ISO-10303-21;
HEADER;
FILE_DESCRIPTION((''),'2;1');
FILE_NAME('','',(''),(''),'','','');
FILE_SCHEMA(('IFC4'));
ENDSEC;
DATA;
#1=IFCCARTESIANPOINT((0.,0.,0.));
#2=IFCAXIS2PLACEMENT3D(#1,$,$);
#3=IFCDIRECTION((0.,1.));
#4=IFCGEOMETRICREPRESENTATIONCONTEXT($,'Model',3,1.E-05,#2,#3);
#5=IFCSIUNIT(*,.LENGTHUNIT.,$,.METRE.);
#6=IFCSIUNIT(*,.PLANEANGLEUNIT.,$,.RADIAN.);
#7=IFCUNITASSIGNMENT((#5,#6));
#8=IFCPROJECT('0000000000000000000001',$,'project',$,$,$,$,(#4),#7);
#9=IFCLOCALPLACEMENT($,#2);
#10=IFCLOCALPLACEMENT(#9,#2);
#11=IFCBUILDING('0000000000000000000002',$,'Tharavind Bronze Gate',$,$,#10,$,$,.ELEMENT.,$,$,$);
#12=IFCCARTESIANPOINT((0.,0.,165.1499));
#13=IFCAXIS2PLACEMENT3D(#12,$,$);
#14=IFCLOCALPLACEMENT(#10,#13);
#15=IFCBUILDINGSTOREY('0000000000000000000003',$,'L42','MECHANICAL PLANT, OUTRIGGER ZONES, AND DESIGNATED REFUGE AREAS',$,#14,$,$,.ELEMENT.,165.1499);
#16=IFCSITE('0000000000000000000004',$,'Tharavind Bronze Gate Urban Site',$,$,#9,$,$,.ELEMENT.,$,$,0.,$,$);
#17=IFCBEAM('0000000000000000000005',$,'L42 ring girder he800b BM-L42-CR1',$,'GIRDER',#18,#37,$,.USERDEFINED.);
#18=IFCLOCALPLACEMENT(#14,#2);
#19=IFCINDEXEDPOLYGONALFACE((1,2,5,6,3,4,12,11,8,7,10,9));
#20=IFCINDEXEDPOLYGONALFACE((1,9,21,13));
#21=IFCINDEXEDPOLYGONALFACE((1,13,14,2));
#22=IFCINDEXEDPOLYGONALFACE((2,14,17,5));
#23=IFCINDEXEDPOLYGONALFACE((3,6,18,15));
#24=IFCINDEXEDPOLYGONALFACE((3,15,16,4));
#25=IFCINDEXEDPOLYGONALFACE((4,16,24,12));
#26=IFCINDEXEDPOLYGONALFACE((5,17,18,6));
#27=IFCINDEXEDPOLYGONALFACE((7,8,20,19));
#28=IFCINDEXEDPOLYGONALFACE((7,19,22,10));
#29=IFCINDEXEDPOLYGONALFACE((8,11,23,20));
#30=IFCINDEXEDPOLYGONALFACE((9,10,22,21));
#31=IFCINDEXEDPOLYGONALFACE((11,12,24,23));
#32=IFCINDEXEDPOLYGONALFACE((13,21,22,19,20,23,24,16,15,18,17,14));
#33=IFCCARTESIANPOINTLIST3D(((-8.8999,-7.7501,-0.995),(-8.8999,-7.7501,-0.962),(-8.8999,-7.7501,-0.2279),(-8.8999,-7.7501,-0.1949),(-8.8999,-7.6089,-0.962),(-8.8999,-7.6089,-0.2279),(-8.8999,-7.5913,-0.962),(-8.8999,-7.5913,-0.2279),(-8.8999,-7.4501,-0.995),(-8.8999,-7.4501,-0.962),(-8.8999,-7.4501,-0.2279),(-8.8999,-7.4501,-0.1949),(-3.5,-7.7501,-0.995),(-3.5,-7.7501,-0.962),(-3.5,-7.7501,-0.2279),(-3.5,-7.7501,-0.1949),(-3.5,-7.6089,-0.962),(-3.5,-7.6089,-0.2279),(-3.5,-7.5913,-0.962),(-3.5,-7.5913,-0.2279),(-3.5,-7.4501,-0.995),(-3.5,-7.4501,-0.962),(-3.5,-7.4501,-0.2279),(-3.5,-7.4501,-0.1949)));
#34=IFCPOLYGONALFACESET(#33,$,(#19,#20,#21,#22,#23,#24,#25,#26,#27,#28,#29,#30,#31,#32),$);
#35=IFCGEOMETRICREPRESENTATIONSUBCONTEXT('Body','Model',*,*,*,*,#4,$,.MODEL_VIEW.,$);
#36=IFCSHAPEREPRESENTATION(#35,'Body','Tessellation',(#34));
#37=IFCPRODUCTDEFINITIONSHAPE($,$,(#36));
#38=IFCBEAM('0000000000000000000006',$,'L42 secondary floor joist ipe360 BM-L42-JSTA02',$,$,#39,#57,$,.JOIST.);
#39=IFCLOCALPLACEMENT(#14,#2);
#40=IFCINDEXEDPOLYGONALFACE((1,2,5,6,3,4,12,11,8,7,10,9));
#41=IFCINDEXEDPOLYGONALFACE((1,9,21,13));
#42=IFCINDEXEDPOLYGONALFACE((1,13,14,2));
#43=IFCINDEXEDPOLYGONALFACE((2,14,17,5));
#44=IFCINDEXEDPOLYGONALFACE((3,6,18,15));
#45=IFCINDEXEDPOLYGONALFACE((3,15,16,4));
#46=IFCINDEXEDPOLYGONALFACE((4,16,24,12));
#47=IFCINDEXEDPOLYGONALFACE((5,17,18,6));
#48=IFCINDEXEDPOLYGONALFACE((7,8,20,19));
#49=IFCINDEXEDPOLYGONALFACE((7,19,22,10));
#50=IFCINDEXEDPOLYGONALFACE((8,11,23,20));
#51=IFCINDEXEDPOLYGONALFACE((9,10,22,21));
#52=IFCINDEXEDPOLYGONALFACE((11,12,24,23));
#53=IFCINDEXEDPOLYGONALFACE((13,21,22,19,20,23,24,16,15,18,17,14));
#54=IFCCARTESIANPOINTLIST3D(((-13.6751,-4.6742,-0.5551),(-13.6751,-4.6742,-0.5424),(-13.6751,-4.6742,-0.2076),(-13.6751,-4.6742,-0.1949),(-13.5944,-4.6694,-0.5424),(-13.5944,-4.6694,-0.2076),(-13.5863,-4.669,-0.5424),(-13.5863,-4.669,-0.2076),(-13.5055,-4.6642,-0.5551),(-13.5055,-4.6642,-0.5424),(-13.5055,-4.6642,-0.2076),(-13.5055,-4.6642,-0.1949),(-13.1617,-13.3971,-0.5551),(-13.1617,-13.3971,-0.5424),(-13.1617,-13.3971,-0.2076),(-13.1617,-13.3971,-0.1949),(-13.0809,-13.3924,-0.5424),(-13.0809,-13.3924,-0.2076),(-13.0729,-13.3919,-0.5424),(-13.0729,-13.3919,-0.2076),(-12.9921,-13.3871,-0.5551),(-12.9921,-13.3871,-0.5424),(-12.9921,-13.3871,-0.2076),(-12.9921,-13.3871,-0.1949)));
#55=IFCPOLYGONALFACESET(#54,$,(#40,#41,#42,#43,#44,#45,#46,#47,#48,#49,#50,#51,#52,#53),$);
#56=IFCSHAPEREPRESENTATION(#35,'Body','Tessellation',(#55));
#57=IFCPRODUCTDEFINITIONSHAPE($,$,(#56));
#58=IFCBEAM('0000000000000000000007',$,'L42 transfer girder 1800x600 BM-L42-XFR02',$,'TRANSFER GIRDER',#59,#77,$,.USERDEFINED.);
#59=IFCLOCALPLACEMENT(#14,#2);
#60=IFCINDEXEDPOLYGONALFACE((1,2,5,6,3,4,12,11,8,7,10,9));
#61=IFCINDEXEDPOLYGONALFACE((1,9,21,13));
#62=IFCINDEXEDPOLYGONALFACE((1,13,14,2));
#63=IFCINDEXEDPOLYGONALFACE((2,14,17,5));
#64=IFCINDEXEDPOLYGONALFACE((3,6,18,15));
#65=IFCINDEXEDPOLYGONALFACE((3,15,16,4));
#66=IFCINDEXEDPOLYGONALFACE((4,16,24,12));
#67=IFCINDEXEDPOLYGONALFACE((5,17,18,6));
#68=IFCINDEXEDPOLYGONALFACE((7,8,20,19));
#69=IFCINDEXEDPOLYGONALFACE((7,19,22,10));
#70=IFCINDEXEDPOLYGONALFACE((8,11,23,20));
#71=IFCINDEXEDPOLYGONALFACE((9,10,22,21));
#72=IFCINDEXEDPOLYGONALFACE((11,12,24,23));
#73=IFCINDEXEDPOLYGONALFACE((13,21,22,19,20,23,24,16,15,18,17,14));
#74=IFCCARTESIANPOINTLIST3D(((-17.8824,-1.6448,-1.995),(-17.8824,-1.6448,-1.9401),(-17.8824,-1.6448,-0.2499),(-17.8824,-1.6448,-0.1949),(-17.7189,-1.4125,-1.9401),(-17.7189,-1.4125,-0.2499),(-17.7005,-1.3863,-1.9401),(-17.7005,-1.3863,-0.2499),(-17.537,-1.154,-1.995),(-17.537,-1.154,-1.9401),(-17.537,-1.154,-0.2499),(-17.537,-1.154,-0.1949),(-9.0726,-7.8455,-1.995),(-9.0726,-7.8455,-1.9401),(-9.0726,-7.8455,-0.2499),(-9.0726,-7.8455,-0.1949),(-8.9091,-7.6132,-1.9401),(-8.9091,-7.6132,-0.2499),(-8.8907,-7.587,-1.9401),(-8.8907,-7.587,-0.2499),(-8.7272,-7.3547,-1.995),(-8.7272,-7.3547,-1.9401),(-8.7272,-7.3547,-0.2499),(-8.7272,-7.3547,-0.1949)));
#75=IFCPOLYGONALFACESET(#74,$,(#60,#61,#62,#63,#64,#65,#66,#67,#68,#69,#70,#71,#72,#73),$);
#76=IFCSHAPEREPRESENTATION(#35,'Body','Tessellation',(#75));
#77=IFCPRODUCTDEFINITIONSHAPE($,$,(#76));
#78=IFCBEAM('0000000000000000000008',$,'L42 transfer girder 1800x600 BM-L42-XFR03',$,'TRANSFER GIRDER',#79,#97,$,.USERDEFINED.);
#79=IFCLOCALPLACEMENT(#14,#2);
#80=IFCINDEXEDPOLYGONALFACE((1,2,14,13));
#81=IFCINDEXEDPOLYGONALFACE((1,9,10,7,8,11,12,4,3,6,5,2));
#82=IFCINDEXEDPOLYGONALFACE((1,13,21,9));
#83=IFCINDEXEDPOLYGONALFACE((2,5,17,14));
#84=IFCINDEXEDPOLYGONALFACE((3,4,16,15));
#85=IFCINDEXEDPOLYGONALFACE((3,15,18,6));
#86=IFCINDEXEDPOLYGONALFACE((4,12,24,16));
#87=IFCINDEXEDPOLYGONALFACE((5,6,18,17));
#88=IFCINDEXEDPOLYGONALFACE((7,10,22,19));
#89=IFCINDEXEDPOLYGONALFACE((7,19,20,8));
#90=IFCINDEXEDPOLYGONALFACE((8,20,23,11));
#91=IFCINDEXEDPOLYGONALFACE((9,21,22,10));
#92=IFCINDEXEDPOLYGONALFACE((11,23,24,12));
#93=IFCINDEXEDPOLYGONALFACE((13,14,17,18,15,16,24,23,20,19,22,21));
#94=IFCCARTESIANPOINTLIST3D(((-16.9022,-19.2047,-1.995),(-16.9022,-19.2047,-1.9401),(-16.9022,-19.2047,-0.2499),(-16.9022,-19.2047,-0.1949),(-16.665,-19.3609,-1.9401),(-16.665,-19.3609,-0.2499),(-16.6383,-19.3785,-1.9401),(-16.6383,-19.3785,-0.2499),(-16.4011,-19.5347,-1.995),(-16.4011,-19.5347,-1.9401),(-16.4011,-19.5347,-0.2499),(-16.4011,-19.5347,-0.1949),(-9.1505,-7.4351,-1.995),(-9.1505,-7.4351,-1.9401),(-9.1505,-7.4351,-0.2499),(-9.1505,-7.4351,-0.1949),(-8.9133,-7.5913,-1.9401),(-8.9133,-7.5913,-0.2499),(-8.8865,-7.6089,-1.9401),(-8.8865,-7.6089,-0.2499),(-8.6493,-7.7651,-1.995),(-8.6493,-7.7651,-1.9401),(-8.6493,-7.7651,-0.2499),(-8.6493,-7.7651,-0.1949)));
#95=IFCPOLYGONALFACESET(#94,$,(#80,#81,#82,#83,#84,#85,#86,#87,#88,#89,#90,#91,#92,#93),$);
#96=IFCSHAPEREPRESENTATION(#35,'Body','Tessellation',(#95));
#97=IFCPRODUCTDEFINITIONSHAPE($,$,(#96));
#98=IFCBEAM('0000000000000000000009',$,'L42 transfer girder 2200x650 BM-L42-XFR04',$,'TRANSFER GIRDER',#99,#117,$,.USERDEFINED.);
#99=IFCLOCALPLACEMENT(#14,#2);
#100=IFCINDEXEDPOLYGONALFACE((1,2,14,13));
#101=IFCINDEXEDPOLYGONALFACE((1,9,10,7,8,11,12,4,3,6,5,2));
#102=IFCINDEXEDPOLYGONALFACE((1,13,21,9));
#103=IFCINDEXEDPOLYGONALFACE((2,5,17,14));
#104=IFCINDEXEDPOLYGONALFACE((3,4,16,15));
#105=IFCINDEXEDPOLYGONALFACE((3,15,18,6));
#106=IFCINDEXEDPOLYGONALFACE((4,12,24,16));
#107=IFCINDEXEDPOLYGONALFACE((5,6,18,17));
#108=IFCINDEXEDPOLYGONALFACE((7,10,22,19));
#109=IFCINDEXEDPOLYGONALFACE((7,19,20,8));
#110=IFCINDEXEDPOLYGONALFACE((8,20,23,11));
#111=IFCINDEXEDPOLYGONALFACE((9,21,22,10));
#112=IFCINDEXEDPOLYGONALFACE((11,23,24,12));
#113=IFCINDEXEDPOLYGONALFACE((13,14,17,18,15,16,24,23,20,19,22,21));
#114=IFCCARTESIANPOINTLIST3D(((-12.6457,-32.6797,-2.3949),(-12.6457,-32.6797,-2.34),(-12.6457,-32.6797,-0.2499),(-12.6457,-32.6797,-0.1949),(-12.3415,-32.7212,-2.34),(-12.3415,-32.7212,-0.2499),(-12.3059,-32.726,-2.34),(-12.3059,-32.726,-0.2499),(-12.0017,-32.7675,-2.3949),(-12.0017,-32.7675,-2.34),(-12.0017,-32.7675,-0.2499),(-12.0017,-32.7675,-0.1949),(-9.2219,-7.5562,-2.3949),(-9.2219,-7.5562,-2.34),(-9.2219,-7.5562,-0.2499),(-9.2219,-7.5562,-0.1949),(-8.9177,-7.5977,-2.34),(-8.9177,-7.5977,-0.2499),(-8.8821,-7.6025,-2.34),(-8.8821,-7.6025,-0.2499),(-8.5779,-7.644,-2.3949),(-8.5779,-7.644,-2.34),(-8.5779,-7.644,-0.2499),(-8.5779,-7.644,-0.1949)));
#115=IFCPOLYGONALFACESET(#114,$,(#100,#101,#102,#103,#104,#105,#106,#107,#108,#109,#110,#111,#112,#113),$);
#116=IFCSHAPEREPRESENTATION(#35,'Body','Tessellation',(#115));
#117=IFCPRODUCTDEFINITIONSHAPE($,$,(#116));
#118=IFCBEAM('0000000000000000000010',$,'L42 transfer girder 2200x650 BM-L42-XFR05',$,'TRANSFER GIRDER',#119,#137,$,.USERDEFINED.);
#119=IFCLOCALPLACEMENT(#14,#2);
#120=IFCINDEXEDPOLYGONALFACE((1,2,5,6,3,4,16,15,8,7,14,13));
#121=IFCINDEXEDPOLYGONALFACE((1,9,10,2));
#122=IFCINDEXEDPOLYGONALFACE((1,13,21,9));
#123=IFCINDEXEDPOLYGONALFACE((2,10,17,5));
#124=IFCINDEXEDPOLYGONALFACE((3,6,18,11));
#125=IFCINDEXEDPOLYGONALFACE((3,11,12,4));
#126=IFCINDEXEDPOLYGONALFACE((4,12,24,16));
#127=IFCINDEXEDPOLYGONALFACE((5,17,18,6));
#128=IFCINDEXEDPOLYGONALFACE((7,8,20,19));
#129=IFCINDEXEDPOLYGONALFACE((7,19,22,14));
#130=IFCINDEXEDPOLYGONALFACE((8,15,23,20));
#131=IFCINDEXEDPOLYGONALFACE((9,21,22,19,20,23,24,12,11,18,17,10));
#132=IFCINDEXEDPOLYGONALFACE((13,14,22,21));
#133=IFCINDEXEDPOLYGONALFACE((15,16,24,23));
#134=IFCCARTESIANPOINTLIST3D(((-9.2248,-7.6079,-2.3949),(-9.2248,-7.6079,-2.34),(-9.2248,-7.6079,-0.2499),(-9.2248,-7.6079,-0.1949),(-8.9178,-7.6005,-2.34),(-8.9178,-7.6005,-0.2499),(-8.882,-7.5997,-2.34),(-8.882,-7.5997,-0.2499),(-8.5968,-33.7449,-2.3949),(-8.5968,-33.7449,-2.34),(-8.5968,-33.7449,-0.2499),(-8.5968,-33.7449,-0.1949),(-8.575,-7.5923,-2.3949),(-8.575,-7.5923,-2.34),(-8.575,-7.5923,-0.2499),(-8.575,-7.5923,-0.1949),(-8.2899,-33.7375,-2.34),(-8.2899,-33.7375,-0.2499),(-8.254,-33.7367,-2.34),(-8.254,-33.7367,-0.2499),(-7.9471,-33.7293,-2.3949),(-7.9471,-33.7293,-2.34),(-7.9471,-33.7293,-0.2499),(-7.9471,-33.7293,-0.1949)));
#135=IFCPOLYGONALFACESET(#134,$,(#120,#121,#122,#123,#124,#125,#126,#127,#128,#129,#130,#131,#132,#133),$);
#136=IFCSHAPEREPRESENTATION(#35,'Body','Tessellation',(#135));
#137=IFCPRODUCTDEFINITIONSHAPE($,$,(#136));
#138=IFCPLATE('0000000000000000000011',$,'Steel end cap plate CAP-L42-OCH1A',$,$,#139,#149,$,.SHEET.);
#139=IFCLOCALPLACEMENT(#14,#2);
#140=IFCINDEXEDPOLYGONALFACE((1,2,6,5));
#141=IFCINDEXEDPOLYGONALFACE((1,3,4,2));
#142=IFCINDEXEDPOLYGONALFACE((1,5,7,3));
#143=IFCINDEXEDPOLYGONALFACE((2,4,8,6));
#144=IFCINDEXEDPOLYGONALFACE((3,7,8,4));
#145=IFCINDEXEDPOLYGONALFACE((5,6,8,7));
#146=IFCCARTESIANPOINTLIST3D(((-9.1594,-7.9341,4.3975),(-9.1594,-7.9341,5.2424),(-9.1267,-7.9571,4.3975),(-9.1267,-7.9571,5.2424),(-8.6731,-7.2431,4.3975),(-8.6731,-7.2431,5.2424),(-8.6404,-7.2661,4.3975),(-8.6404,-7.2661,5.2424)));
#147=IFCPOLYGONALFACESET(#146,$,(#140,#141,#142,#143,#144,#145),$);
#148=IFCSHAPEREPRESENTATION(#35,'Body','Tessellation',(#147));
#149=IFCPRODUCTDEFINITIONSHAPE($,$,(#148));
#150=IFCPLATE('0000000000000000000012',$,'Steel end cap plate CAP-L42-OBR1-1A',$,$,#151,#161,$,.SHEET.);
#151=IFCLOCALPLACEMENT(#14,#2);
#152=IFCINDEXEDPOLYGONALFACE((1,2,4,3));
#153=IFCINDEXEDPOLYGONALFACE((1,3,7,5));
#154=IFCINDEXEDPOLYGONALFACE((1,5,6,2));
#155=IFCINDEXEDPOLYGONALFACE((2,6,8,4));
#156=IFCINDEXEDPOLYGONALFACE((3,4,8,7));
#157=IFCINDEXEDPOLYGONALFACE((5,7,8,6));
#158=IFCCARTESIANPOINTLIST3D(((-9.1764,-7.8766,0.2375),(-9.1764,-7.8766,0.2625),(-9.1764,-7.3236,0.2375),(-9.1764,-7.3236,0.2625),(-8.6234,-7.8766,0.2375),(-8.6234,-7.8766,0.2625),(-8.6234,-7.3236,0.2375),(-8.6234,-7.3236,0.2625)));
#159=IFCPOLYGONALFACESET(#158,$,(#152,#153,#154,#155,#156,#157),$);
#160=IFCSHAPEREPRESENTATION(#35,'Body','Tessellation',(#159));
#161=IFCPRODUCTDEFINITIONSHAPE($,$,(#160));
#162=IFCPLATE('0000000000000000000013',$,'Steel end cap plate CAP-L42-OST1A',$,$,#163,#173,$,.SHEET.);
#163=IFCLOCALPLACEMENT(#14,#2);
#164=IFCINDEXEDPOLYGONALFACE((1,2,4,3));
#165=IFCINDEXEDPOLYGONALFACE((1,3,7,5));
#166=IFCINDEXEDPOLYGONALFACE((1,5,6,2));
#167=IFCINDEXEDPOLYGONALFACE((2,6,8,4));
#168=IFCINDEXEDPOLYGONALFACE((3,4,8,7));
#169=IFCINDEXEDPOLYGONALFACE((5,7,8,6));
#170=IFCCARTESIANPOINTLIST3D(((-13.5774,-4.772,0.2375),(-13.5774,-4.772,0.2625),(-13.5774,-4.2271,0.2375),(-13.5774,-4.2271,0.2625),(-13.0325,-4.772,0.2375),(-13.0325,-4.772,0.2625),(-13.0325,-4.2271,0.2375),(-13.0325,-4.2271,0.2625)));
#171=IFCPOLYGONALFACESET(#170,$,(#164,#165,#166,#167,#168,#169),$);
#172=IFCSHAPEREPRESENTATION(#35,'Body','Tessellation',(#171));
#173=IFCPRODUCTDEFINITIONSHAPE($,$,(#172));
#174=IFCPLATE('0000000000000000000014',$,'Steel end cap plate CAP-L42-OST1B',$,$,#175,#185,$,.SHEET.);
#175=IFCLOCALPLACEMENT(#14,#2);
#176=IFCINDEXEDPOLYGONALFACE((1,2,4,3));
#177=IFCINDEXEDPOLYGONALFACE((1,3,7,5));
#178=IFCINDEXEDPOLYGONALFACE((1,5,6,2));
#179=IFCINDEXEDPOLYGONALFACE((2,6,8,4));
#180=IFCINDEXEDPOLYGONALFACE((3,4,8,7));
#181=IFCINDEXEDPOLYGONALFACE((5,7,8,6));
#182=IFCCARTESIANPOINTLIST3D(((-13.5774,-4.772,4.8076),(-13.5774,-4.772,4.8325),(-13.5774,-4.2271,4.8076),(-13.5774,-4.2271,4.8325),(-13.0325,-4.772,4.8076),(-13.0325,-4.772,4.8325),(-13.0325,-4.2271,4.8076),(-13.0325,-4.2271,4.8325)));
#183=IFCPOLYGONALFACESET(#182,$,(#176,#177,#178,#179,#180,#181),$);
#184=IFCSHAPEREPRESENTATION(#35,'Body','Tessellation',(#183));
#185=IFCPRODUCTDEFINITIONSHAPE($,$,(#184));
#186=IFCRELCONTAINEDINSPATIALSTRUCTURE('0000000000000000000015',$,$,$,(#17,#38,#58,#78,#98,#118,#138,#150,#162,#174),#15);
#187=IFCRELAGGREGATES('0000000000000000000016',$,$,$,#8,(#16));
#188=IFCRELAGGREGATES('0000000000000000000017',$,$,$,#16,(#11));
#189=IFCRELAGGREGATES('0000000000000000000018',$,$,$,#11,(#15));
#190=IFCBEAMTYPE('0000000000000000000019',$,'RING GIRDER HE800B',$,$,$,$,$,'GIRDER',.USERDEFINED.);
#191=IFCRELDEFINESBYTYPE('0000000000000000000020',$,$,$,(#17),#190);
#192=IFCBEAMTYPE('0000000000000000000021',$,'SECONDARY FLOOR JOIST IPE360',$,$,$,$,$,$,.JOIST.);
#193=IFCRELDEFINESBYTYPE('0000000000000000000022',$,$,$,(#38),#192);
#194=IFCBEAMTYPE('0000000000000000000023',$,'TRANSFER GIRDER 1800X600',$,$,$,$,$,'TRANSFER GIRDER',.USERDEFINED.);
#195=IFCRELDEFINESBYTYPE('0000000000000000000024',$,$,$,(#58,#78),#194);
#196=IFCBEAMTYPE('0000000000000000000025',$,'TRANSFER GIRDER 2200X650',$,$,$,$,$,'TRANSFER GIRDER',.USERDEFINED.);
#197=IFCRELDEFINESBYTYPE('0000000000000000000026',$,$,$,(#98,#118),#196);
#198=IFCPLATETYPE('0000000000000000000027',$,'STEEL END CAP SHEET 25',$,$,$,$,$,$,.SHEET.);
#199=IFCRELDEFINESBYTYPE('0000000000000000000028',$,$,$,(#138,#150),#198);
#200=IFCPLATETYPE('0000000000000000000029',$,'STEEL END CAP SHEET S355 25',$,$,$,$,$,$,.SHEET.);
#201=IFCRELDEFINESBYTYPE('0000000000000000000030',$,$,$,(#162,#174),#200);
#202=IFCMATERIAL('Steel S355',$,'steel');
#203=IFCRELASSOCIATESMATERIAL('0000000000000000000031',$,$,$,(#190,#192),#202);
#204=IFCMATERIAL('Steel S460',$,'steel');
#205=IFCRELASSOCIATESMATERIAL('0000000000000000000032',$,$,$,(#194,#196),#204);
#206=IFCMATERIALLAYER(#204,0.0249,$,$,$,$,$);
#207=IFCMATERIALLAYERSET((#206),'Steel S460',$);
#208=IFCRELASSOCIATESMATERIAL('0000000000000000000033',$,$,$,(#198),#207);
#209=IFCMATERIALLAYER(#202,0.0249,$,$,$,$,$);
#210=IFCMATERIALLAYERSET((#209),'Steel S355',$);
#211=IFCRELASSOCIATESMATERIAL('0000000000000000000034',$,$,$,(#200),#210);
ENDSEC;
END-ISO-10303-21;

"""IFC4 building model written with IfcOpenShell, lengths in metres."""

from ifc_helpers import new_model, si_unit, direction, frame, origin, origin_2d, place, context, subcontext, project, spatial, rectangle, i_section, extrude, material, layer, layer_set, material_profile, profile_set, type_object, element, save


model = new_model("IFC4")

# Units and contexts
model_context = context("Model", 3, precision=1e-05, world=origin(), true_north=direction((0.0, 1.0)))
body_context = subcontext(model_context, "Body", "Model", "MODEL_VIEW")
ifc_project = project(units=[si_unit("LENGTHUNIT", "METRE"), si_unit("PLANEANGLEUNIT", "RADIAN")], contexts=[model_context])

# Site, building, storey
site_placement = place(None, origin())
site = spatial("IfcSite", under=ifc_project, at=site_placement, Name="Tharavind Bronze Gate Urban Site", CompositionType="ELEMENT", RefElevation=0.0)
building_placement = place(site_placement, origin())
building = spatial("IfcBuilding", under=site, at=building_placement, Name="Tharavind Bronze Gate", CompositionType="ELEMENT")
storey_placement = place(building_placement, frame((0.0, 0.0, 165.1499)))
storey = spatial("IfcBuildingStorey", under=building, at=storey_placement, Name="L42", Description="MECHANICAL PLANT, OUTRIGGER ZONES, AND DESIGNATED REFUGE AREAS", CompositionType="ELEMENT", Elevation=165.1499)

# Shared definitions
ifc_material_1 = material(Name="Steel S460", Category="steel")

# Beams
ifc_material_2 = material(Name="Steel S355", Category="steel")
ifc_material_profile_1 = material_profile(ifc_material_2, i_section(OverallWidth=0.3, OverallDepth=0.8, WebThickness=0.0176, FlangeThickness=0.033, at=origin_2d()), Name="HE800B")
ifc_profile_set_1 = profile_set([ifc_material_profile_1], Name="Steel S355")
beam_type_1 = type_object("IfcBeamType", Name="RING GIRDER HE800B", ElementType="GIRDER", PredefinedType="USERDEFINED", material=ifc_profile_set_1)
beam_1_placement = place(storey_placement, frame((-8.8999, -7.6001, -0.595), z_axis=(1.0, 0.0, 0.0), x_axis=(0.0, 1.0, 0.0)))
element("IfcBeam", 1, at=beam_1_placement, inside=storey, type_object=beam_type_1, Name="L42 ring girder he800b BM-L42-CR1", ObjectType="GIRDER", PredefinedType="USERDEFINED", context=body_context, shape_type="SweptSolid", body=[
    extrude(i_section(OverallWidth=0.3, OverallDepth=0.8, WebThickness=0.0176, FlangeThickness=0.033, at=origin_2d()), origin(), (0.0, 0.0, 1.0), 5.3999),
])
ifc_material_profile_2 = material_profile(ifc_material_2, i_section(OverallWidth=0.1699, OverallDepth=0.3601, WebThickness=0.0081, FlangeThickness=0.0127, at=origin_2d()), Name="IPE360")
ifc_profile_set_2 = profile_set([ifc_material_profile_2], Name="Steel S355")
beam_type_2 = type_object("IfcBeamType", Name="SECONDARY FLOOR JOIST IPE360", PredefinedType="JOIST", material=ifc_profile_set_2)
beam_2_placement = place(storey_placement, frame((-13.5903, -4.6692, -0.375), z_axis=(0.058758, -0.998272, 0.0), x_axis=(0.998272, 0.058758, 0.0)))
element("IfcBeam", 2, at=beam_2_placement, inside=storey, type_object=beam_type_2, Name="L42 secondary floor joist ipe360 BM-L42-JSTA02", PredefinedType="JOIST", context=body_context, shape_type="SweptSolid", body=[
    extrude(i_section(OverallWidth=0.1699, OverallDepth=0.3601, WebThickness=0.0081, FlangeThickness=0.0127, at=origin_2d()), origin(), (0.0, 0.0, 1.0), 8.738),
])
ifc_material_profile_3 = material_profile(ifc_material_1, i_section(OverallWidth=0.6001, OverallDepth=1.8, WebThickness=0.032, FlangeThickness=0.0549, at=origin_2d()), Name="PG1800X600")
ifc_profile_set_3 = profile_set([ifc_material_profile_3], Name="Steel S460")
beam_type_3 = type_object("IfcBeamType", Name="TRANSFER GIRDER 1800X600", ElementType="TRANSFER GIRDER", PredefinedType="USERDEFINED", material=ifc_profile_set_3)
beam_3_placement = place(storey_placement, frame((-8.8999, -7.6001, -1.095), z_axis=(-0.817755, 0.575567, 0.0), x_axis=(-0.575567, -0.817755, 0.0)))
element("IfcBeam", 3, at=beam_3_placement, inside=storey, type_object=beam_type_3, Name="L42 transfer girder 1800x600 BM-L42-XFR02", ObjectType="TRANSFER GIRDER", PredefinedType="USERDEFINED", context=body_context, shape_type="SweptSolid", body=[
    extrude(i_section(OverallWidth=0.6001, OverallDepth=1.8, WebThickness=0.032, FlangeThickness=0.0549, at=origin_2d()), origin(), (0.0, 0.0, 1.0), 10.7732),
])
beam_4_placement = place(storey_placement, frame((-8.8999, -7.6001, -1.095), z_axis=(-0.550042, -0.835137, 0.0), x_axis=(0.835137, -0.550042, 0.0)))
element("IfcBeam", 4, at=beam_4_placement, inside=storey, type_object=beam_type_3, Name="L42 transfer girder 1800x600 BM-L42-XFR03", ObjectType="TRANSFER GIRDER", PredefinedType="USERDEFINED", context=body_context, shape_type="SweptSolid", body=[
    extrude(i_section(OverallWidth=0.6001, OverallDepth=1.8, WebThickness=0.032, FlangeThickness=0.0549, at=origin_2d()), origin(), (0.0, 0.0, 1.0), 14.093),
])
ifc_material_profile_4 = material_profile(ifc_material_1, i_section(OverallWidth=0.6499, OverallDepth=2.2, WebThickness=0.0359, FlangeThickness=0.0549, at=origin_2d()), Name="PG2200X650")
ifc_profile_set_4 = profile_set([ifc_material_profile_4], Name="Steel S460")
beam_type_4 = type_object("IfcBeamType", Name="TRANSFER GIRDER 2200X650", ElementType="TRANSFER GIRDER", PredefinedType="USERDEFINED", material=ifc_profile_set_4)
beam_5_placement = place(storey_placement, frame((-8.8999, -7.6001, -1.2949), z_axis=(-0.135032, -0.990841, 0.0), x_axis=(0.990841, -0.135032, 0.0)))
element("IfcBeam", 5, at=beam_5_placement, inside=storey, type_object=beam_type_4, Name="L42 transfer girder 2200x650 BM-L42-XFR04", ObjectType="TRANSFER GIRDER", PredefinedType="USERDEFINED", context=body_context, shape_type="SweptSolid", body=[
    extrude(i_section(OverallWidth=0.6499, OverallDepth=2.2, WebThickness=0.0359, FlangeThickness=0.0549, at=origin_2d()), origin(), (0.0, 0.0, 1.0), 25.3557),
])
beam_6_placement = place(storey_placement, frame((-8.8999, -7.6001, -1.2949), z_axis=(0.024018, -0.999712, 0.0), x_axis=(0.999712, 0.024018, 0.0)))
element("IfcBeam", 6, at=beam_6_placement, inside=storey, type_object=beam_type_4, Name="L42 transfer girder 2200x650 BM-L42-XFR05", ObjectType="TRANSFER GIRDER", PredefinedType="USERDEFINED", context=body_context, shape_type="SweptSolid", body=[
    extrude(i_section(OverallWidth=0.6499, OverallDepth=2.2, WebThickness=0.0359, FlangeThickness=0.0549, at=origin_2d()), origin(), (0.0, 0.0, 1.0), 26.1445),
])

# Plates
ifc_layer_1 = layer(ifc_material_1, 0.0249)
ifc_layer_set_1 = layer_set([ifc_layer_1], Name="Steel S460")
plate_type_1 = type_object("IfcPlateType", Name="STEEL END CAP SHEET 25", PredefinedType="SHEET", material=ifc_layer_set_1)
plate_1_placement = place(storey_placement, frame((-8.8999, -7.6001, 4.3975), z_axis=(0.0, 0.0, 1.0), x_axis=(-0.81775, 0.575573, 0.0)))
element("IfcPlate", 7, at=plate_1_placement, inside=storey, type_object=plate_type_1, Name="Steel end cap plate CAP-L42-OCH1A", PredefinedType="SHEET", context=body_context, shape_type="SweptSolid", body=[
    extrude(rectangle(XDim=0.04, YDim=0.845, at=origin_2d()), origin(), (0.0, 0.0, 1.0), 0.845),
])
plate_2_placement = place(storey_placement, frame((-8.8999, -7.6001, 0.2375), z_axis=(0.0, 0.0, 1.0), x_axis=(1.0, 0.0, 0.0)))
element("IfcPlate", 8, at=plate_2_placement, inside=storey, type_object=plate_type_1, Name="Steel end cap plate CAP-L42-OBR1-1A", PredefinedType="SHEET", context=body_context, shape_type="SweptSolid", body=[
    extrude(rectangle(XDim=0.553, YDim=0.553, at=origin_2d()), origin(), (0.0, 0.0, 1.0), 0.0249),
])
ifc_layer_2 = layer(ifc_material_2, 0.0249)
ifc_layer_set_2 = layer_set([ifc_layer_2], Name="Steel S355")
plate_type_2 = type_object("IfcPlateType", Name="STEEL END CAP SHEET S355 25", PredefinedType="SHEET", material=ifc_layer_set_2)
for number, where, z_axis, x_axis, name in (
    (9, (-13.3049, -4.4995, 0.2375), (0.0, 0.0, 1.0), (1.0, 0.0, 0.0), "Steel end cap plate CAP-L42-OST1A"),
    (10, (-13.3049, -4.4995, 4.8076), (0.0, 0.0, 1.0), (1.0, 0.0, 0.0), "Steel end cap plate CAP-L42-OST1B"),
):
    element("IfcPlate", number, at=place(storey_placement, frame(where, z_axis=z_axis, x_axis=x_axis)), inside=storey, type_object=plate_type_2, Name=name, PredefinedType="SHEET", context=body_context, shape_type="SweptSolid", body=[
        extrude(rectangle(XDim=0.5449, YDim=0.5449, at=origin_2d()), origin(), (0.0, 0.0, 1.0), 0.0249),
    ])

save(model, "model.ifc")
